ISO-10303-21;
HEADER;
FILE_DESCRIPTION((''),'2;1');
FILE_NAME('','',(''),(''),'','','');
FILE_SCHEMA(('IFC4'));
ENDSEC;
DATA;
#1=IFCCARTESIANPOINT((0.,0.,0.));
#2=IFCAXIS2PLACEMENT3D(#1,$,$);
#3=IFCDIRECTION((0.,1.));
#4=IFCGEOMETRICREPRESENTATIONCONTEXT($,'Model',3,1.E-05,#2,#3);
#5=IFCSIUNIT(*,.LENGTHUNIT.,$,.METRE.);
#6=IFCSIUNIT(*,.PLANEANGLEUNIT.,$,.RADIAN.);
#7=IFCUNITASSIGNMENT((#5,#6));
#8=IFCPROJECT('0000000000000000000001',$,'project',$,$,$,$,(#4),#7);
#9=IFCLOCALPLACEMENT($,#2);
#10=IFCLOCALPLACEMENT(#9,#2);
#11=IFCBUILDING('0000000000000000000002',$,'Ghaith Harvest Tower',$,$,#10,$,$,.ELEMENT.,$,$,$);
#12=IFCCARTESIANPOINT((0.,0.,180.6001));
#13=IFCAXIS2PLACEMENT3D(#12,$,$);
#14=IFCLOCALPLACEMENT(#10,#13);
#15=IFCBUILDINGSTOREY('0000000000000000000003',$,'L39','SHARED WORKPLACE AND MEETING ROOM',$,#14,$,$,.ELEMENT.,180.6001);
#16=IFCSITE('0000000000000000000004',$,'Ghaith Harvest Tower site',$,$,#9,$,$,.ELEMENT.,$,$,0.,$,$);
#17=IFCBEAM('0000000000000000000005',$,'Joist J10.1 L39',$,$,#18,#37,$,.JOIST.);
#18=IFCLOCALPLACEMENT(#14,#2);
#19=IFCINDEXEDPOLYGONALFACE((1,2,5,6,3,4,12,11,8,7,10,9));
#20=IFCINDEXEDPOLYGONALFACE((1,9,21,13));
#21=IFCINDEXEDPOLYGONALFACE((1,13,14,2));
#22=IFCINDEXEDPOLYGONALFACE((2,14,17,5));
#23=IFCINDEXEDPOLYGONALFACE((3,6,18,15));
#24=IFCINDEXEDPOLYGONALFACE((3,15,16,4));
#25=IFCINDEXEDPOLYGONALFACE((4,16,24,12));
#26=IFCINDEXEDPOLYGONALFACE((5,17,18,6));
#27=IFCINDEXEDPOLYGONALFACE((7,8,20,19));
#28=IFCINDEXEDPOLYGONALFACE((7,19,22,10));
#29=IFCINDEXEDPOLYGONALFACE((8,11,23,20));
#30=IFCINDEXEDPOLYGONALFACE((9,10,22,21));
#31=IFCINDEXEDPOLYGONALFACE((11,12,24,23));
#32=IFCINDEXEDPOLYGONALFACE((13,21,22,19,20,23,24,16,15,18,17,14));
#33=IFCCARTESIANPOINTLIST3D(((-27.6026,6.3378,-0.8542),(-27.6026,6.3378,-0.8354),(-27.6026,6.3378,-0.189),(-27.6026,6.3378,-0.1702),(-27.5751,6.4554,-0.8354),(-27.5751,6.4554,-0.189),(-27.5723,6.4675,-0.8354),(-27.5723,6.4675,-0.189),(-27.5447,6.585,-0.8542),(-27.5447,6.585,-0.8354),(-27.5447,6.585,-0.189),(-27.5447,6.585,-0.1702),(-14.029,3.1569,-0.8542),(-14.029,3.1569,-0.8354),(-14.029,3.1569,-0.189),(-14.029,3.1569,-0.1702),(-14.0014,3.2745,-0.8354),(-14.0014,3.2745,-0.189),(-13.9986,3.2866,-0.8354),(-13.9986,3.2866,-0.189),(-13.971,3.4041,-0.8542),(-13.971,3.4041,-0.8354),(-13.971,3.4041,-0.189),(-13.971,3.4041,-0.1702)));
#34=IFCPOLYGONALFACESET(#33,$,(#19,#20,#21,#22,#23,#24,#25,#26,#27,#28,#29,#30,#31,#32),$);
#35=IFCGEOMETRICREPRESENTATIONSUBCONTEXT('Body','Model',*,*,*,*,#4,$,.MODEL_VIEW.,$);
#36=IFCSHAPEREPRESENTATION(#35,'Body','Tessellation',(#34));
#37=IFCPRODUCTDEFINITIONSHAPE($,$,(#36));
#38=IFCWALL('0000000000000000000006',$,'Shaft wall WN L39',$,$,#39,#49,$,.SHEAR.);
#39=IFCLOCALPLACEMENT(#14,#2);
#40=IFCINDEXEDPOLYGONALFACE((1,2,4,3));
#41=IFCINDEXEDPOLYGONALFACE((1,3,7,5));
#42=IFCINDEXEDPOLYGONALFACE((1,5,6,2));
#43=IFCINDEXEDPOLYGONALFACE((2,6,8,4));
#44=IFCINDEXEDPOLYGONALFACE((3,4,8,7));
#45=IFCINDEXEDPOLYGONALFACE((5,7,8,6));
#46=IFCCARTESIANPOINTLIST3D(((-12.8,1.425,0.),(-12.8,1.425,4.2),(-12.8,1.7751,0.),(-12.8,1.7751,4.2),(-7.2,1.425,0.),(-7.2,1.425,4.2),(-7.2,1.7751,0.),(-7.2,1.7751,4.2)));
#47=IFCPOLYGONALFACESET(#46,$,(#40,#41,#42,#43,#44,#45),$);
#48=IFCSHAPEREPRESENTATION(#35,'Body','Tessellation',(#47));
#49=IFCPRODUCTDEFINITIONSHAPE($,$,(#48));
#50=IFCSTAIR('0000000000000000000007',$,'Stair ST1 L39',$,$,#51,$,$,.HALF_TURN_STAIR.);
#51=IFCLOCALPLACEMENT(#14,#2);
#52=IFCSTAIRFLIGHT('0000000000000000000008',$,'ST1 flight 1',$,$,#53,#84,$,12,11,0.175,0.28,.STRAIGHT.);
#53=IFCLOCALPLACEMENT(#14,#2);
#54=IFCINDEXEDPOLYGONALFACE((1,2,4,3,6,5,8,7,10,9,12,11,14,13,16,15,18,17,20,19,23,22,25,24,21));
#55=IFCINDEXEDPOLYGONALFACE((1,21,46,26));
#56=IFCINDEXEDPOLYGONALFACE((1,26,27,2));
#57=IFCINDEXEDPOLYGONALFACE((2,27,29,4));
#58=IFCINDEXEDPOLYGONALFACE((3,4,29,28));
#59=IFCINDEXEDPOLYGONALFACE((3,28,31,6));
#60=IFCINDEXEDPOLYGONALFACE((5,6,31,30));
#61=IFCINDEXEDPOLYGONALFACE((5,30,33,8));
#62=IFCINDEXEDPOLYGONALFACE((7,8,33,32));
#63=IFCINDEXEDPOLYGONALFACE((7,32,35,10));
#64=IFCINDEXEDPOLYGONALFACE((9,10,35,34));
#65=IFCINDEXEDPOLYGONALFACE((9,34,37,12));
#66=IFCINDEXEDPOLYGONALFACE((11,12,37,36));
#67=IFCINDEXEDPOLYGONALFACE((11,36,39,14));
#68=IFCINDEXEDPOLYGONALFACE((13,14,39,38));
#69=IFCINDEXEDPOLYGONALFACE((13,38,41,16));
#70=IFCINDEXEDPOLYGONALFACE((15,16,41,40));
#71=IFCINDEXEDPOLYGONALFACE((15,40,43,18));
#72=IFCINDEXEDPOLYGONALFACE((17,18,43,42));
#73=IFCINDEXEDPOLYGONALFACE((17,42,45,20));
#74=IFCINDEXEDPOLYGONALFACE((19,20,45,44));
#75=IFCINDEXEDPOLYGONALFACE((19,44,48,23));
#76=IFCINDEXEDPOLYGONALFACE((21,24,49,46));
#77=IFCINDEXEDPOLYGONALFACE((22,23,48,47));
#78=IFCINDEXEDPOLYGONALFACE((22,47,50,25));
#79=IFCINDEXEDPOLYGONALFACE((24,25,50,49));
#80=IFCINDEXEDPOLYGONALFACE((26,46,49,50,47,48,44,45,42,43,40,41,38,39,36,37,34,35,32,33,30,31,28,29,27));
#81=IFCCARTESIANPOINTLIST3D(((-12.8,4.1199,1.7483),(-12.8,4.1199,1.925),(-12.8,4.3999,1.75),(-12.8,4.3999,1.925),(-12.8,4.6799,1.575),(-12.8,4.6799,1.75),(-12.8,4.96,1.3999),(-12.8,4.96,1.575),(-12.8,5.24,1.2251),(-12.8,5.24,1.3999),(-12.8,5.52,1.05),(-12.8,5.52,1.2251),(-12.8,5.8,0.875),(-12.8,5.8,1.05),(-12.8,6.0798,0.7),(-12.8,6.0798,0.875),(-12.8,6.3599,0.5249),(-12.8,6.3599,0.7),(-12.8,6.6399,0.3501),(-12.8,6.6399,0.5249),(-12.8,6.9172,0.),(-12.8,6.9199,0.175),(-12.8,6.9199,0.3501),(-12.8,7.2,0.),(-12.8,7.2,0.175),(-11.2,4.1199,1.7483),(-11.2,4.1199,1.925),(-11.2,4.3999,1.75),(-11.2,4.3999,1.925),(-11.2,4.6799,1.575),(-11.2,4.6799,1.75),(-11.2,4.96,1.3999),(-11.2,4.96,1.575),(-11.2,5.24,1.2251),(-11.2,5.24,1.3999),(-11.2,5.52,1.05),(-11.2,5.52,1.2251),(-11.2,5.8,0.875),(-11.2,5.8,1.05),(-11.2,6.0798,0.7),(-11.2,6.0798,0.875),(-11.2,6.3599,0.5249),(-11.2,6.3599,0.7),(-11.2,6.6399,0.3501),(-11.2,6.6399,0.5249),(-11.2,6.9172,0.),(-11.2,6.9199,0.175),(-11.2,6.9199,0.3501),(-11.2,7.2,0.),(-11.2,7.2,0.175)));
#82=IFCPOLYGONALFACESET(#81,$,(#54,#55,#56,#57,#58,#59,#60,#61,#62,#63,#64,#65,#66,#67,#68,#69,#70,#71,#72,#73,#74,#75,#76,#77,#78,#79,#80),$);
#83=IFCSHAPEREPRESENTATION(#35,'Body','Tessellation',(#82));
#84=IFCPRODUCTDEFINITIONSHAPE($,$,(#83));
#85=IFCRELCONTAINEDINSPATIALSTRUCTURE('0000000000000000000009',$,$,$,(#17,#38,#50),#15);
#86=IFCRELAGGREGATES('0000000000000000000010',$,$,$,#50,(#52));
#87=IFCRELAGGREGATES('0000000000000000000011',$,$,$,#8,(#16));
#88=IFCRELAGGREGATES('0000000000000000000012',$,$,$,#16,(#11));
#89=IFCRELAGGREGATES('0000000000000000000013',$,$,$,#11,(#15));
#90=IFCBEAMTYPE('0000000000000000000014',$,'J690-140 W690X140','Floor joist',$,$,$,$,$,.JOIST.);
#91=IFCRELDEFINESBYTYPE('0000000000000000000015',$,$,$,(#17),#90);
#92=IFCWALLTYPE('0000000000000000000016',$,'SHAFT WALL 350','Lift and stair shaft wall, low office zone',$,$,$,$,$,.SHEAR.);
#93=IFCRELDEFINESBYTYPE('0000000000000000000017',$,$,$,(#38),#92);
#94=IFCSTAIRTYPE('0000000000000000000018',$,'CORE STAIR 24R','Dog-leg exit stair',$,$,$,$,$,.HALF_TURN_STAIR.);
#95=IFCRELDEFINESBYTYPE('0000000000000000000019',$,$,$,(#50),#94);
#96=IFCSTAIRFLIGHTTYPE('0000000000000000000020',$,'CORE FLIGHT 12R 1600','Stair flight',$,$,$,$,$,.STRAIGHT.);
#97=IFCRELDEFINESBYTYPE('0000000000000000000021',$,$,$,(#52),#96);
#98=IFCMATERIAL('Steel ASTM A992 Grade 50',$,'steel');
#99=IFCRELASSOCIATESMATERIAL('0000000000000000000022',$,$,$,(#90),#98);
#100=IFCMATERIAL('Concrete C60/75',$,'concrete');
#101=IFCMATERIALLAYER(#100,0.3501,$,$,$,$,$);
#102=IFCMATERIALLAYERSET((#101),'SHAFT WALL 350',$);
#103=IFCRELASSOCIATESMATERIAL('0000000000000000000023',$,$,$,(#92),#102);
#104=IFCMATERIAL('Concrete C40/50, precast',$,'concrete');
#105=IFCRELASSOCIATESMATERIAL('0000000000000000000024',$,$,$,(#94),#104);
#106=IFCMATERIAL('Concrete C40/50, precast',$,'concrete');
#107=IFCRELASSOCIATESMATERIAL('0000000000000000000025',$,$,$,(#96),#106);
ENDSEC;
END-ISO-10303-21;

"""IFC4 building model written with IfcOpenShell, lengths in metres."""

from ifc_helpers import new_model, si_unit, direction, frame, frame_2d, origin, origin_2d, place, context, subcontext, project, spatial, polyline, rectangle, i_section, outline, extrude, material, layer, layer_set, material_profile, profile_set, type_object, element, aggregate, save


model = new_model("IFC4")

# Units and contexts
model_context = context("Model", 3, precision=1e-05, world=origin(), true_north=direction((0.0, 1.0)))
body_context = subcontext(model_context, "Body", "Model", "MODEL_VIEW")
ifc_project = project(units=[si_unit("LENGTHUNIT", "METRE"), si_unit("PLANEANGLEUNIT", "RADIAN")], contexts=[model_context])

# Site, building, storey
site_placement = place(None, origin())
site = spatial("IfcSite", under=ifc_project, at=site_placement, Name="Ghaith Harvest Tower site", CompositionType="ELEMENT", RefElevation=0.0)
building_placement = place(site_placement, origin())
building = spatial("IfcBuilding", under=site, at=building_placement, Name="Ghaith Harvest Tower", CompositionType="ELEMENT")
storey_placement = place(building_placement, frame((0.0, 0.0, 180.6001)))
storey = spatial("IfcBuildingStorey", under=building, at=storey_placement, Name="L39", Description="SHARED WORKPLACE AND MEETING ROOM", CompositionType="ELEMENT", Elevation=180.6001)

# Beam
ifc_material_1 = material(Name="Steel ASTM A992 Grade 50", Category="steel")
ifc_material_profile_1 = material_profile(ifc_material_1, i_section(OverallWidth=0.2539, OverallDepth=0.6841, WebThickness=0.0125, FlangeThickness=0.0188, at=origin_2d()), Name="W690X140")
ifc_profile_set_1 = profile_set([ifc_material_profile_1], Name="Steel ASTM A992 Grade 50")
beam_type_1 = type_object("IfcBeamType", Name="J690-140 W690X140", Description="Floor joist", PredefinedType="JOIST", material=ifc_profile_set_1)
beam_1_placement = place(storey_placement, frame((-14.0, 3.2805, -0.5122), z_axis=(-0.973623, 0.228162, 0.0), x_axis=(-0.228162, -0.973623, 0.0)))
element("IfcBeam", 1, at=beam_1_placement, inside=storey, type_object=beam_type_1, Name="Joist J10.1 L39", PredefinedType="JOIST", context=body_context, shape_type="SweptSolid", body=[
    extrude(i_section(OverallWidth=0.2539, OverallDepth=0.6841, WebThickness=0.0125, FlangeThickness=0.0188, at=origin_2d()), origin(), (0.0, 0.0, 1.0), 13.9414),
])

# Wall
ifc_material_2 = material(Name="Concrete C60/75", Category="concrete")
ifc_layer_1 = layer(ifc_material_2, 0.3501)
ifc_layer_set_1 = layer_set([ifc_layer_1], Name="SHAFT WALL 350")
wall_type_1 = type_object("IfcWallType", Name="SHAFT WALL 350", Description="Lift and stair shaft wall, low office zone", PredefinedType="SHEAR", material=ifc_layer_set_1)
wall_1_placement = place(storey_placement, frame((-12.8, 1.6001, 0.0), z_axis=(0.0, 0.0, 1.0), x_axis=(1.0, 0.0, 0.0)))
element("IfcWall", 2, at=wall_1_placement, inside=storey, type_object=wall_type_1, Name="Shaft wall WN L39", PredefinedType="SHEAR", context=body_context, shape_type="SweptSolid", body=[
    extrude(rectangle(XDim=5.6001, YDim=0.3501, at=frame_2d((2.8, 0.0))), origin(), (0.0, 0.0, 1.0), 4.2),
])

# Stair, stair flight
ifc_material_3 = material(Name="Concrete C40/50, precast", Category="concrete")
stair_type = type_object("IfcStairType", Name="CORE STAIR 24R", Description="Dog-leg exit stair", PredefinedType="HALF_TURN_STAIR", material=ifc_material_3)
stair_placement = place(storey_placement, origin())
stair = element("IfcStair", 3, at=stair_placement, inside=storey, type_object=stair_type, Name="Stair ST1 L39", PredefinedType="HALF_TURN_STAIR")
ifc_material_4 = material(Name="Concrete C40/50, precast", Category="concrete")
stair_flight_type = type_object("IfcStairFlightType", Name="CORE FLIGHT 12R 1600", Description="Stair flight", PredefinedType="STRAIGHT", material=ifc_material_4)
stair_flight_placement = place(storey_placement, frame((-12.0, 7.2, 0.0), z_axis=(0.0, 0.0, 1.0), x_axis=(0.0, -1.0, 0.0)))
stair_flight = element("IfcStairFlight", 4, at=stair_flight_placement, type_object=stair_flight_type, Name="ST1 flight 1", NumberOfRisers=12, NumberOfTreads=11, PredefinedType="STRAIGHT", RiserHeight=0.175, TreadLength=0.28, context=body_context, shape_type="SweptSolid", body=[
    extrude(outline(polyline([(0.0, 0.0), (0.0, 0.175), (0.28, 0.175), (0.28, 0.3501), (0.5601, 0.3501), (0.5601, 0.5249), (0.8401, 0.5249), (0.8401, 0.7), (1.1201, 0.7), (1.1201, 0.875), (1.3999, 0.875), (1.3999, 1.05), (1.6799, 1.05), (1.6799, 1.2251), (1.96, 1.2251), (1.96, 1.3999), (2.24, 1.3999), (2.24, 1.575), (2.52, 1.575), (2.52, 1.75), (2.8, 1.75), (2.8, 1.925), (3.0801, 1.925), (3.0801, 2.1001), (3.0801, 1.7483), (0.2827, 0.0), (0.0, 0.0)])), frame((0.0, 0.8, 0.0), z_axis=(0.0, -1.0, 0.0), x_axis=(1.0, 0.0, 0.0)), (0.0, 0.0, 1.0), 1.6001),
])
aggregate(stair, [stair_flight])

save(model, "model.ifc")
